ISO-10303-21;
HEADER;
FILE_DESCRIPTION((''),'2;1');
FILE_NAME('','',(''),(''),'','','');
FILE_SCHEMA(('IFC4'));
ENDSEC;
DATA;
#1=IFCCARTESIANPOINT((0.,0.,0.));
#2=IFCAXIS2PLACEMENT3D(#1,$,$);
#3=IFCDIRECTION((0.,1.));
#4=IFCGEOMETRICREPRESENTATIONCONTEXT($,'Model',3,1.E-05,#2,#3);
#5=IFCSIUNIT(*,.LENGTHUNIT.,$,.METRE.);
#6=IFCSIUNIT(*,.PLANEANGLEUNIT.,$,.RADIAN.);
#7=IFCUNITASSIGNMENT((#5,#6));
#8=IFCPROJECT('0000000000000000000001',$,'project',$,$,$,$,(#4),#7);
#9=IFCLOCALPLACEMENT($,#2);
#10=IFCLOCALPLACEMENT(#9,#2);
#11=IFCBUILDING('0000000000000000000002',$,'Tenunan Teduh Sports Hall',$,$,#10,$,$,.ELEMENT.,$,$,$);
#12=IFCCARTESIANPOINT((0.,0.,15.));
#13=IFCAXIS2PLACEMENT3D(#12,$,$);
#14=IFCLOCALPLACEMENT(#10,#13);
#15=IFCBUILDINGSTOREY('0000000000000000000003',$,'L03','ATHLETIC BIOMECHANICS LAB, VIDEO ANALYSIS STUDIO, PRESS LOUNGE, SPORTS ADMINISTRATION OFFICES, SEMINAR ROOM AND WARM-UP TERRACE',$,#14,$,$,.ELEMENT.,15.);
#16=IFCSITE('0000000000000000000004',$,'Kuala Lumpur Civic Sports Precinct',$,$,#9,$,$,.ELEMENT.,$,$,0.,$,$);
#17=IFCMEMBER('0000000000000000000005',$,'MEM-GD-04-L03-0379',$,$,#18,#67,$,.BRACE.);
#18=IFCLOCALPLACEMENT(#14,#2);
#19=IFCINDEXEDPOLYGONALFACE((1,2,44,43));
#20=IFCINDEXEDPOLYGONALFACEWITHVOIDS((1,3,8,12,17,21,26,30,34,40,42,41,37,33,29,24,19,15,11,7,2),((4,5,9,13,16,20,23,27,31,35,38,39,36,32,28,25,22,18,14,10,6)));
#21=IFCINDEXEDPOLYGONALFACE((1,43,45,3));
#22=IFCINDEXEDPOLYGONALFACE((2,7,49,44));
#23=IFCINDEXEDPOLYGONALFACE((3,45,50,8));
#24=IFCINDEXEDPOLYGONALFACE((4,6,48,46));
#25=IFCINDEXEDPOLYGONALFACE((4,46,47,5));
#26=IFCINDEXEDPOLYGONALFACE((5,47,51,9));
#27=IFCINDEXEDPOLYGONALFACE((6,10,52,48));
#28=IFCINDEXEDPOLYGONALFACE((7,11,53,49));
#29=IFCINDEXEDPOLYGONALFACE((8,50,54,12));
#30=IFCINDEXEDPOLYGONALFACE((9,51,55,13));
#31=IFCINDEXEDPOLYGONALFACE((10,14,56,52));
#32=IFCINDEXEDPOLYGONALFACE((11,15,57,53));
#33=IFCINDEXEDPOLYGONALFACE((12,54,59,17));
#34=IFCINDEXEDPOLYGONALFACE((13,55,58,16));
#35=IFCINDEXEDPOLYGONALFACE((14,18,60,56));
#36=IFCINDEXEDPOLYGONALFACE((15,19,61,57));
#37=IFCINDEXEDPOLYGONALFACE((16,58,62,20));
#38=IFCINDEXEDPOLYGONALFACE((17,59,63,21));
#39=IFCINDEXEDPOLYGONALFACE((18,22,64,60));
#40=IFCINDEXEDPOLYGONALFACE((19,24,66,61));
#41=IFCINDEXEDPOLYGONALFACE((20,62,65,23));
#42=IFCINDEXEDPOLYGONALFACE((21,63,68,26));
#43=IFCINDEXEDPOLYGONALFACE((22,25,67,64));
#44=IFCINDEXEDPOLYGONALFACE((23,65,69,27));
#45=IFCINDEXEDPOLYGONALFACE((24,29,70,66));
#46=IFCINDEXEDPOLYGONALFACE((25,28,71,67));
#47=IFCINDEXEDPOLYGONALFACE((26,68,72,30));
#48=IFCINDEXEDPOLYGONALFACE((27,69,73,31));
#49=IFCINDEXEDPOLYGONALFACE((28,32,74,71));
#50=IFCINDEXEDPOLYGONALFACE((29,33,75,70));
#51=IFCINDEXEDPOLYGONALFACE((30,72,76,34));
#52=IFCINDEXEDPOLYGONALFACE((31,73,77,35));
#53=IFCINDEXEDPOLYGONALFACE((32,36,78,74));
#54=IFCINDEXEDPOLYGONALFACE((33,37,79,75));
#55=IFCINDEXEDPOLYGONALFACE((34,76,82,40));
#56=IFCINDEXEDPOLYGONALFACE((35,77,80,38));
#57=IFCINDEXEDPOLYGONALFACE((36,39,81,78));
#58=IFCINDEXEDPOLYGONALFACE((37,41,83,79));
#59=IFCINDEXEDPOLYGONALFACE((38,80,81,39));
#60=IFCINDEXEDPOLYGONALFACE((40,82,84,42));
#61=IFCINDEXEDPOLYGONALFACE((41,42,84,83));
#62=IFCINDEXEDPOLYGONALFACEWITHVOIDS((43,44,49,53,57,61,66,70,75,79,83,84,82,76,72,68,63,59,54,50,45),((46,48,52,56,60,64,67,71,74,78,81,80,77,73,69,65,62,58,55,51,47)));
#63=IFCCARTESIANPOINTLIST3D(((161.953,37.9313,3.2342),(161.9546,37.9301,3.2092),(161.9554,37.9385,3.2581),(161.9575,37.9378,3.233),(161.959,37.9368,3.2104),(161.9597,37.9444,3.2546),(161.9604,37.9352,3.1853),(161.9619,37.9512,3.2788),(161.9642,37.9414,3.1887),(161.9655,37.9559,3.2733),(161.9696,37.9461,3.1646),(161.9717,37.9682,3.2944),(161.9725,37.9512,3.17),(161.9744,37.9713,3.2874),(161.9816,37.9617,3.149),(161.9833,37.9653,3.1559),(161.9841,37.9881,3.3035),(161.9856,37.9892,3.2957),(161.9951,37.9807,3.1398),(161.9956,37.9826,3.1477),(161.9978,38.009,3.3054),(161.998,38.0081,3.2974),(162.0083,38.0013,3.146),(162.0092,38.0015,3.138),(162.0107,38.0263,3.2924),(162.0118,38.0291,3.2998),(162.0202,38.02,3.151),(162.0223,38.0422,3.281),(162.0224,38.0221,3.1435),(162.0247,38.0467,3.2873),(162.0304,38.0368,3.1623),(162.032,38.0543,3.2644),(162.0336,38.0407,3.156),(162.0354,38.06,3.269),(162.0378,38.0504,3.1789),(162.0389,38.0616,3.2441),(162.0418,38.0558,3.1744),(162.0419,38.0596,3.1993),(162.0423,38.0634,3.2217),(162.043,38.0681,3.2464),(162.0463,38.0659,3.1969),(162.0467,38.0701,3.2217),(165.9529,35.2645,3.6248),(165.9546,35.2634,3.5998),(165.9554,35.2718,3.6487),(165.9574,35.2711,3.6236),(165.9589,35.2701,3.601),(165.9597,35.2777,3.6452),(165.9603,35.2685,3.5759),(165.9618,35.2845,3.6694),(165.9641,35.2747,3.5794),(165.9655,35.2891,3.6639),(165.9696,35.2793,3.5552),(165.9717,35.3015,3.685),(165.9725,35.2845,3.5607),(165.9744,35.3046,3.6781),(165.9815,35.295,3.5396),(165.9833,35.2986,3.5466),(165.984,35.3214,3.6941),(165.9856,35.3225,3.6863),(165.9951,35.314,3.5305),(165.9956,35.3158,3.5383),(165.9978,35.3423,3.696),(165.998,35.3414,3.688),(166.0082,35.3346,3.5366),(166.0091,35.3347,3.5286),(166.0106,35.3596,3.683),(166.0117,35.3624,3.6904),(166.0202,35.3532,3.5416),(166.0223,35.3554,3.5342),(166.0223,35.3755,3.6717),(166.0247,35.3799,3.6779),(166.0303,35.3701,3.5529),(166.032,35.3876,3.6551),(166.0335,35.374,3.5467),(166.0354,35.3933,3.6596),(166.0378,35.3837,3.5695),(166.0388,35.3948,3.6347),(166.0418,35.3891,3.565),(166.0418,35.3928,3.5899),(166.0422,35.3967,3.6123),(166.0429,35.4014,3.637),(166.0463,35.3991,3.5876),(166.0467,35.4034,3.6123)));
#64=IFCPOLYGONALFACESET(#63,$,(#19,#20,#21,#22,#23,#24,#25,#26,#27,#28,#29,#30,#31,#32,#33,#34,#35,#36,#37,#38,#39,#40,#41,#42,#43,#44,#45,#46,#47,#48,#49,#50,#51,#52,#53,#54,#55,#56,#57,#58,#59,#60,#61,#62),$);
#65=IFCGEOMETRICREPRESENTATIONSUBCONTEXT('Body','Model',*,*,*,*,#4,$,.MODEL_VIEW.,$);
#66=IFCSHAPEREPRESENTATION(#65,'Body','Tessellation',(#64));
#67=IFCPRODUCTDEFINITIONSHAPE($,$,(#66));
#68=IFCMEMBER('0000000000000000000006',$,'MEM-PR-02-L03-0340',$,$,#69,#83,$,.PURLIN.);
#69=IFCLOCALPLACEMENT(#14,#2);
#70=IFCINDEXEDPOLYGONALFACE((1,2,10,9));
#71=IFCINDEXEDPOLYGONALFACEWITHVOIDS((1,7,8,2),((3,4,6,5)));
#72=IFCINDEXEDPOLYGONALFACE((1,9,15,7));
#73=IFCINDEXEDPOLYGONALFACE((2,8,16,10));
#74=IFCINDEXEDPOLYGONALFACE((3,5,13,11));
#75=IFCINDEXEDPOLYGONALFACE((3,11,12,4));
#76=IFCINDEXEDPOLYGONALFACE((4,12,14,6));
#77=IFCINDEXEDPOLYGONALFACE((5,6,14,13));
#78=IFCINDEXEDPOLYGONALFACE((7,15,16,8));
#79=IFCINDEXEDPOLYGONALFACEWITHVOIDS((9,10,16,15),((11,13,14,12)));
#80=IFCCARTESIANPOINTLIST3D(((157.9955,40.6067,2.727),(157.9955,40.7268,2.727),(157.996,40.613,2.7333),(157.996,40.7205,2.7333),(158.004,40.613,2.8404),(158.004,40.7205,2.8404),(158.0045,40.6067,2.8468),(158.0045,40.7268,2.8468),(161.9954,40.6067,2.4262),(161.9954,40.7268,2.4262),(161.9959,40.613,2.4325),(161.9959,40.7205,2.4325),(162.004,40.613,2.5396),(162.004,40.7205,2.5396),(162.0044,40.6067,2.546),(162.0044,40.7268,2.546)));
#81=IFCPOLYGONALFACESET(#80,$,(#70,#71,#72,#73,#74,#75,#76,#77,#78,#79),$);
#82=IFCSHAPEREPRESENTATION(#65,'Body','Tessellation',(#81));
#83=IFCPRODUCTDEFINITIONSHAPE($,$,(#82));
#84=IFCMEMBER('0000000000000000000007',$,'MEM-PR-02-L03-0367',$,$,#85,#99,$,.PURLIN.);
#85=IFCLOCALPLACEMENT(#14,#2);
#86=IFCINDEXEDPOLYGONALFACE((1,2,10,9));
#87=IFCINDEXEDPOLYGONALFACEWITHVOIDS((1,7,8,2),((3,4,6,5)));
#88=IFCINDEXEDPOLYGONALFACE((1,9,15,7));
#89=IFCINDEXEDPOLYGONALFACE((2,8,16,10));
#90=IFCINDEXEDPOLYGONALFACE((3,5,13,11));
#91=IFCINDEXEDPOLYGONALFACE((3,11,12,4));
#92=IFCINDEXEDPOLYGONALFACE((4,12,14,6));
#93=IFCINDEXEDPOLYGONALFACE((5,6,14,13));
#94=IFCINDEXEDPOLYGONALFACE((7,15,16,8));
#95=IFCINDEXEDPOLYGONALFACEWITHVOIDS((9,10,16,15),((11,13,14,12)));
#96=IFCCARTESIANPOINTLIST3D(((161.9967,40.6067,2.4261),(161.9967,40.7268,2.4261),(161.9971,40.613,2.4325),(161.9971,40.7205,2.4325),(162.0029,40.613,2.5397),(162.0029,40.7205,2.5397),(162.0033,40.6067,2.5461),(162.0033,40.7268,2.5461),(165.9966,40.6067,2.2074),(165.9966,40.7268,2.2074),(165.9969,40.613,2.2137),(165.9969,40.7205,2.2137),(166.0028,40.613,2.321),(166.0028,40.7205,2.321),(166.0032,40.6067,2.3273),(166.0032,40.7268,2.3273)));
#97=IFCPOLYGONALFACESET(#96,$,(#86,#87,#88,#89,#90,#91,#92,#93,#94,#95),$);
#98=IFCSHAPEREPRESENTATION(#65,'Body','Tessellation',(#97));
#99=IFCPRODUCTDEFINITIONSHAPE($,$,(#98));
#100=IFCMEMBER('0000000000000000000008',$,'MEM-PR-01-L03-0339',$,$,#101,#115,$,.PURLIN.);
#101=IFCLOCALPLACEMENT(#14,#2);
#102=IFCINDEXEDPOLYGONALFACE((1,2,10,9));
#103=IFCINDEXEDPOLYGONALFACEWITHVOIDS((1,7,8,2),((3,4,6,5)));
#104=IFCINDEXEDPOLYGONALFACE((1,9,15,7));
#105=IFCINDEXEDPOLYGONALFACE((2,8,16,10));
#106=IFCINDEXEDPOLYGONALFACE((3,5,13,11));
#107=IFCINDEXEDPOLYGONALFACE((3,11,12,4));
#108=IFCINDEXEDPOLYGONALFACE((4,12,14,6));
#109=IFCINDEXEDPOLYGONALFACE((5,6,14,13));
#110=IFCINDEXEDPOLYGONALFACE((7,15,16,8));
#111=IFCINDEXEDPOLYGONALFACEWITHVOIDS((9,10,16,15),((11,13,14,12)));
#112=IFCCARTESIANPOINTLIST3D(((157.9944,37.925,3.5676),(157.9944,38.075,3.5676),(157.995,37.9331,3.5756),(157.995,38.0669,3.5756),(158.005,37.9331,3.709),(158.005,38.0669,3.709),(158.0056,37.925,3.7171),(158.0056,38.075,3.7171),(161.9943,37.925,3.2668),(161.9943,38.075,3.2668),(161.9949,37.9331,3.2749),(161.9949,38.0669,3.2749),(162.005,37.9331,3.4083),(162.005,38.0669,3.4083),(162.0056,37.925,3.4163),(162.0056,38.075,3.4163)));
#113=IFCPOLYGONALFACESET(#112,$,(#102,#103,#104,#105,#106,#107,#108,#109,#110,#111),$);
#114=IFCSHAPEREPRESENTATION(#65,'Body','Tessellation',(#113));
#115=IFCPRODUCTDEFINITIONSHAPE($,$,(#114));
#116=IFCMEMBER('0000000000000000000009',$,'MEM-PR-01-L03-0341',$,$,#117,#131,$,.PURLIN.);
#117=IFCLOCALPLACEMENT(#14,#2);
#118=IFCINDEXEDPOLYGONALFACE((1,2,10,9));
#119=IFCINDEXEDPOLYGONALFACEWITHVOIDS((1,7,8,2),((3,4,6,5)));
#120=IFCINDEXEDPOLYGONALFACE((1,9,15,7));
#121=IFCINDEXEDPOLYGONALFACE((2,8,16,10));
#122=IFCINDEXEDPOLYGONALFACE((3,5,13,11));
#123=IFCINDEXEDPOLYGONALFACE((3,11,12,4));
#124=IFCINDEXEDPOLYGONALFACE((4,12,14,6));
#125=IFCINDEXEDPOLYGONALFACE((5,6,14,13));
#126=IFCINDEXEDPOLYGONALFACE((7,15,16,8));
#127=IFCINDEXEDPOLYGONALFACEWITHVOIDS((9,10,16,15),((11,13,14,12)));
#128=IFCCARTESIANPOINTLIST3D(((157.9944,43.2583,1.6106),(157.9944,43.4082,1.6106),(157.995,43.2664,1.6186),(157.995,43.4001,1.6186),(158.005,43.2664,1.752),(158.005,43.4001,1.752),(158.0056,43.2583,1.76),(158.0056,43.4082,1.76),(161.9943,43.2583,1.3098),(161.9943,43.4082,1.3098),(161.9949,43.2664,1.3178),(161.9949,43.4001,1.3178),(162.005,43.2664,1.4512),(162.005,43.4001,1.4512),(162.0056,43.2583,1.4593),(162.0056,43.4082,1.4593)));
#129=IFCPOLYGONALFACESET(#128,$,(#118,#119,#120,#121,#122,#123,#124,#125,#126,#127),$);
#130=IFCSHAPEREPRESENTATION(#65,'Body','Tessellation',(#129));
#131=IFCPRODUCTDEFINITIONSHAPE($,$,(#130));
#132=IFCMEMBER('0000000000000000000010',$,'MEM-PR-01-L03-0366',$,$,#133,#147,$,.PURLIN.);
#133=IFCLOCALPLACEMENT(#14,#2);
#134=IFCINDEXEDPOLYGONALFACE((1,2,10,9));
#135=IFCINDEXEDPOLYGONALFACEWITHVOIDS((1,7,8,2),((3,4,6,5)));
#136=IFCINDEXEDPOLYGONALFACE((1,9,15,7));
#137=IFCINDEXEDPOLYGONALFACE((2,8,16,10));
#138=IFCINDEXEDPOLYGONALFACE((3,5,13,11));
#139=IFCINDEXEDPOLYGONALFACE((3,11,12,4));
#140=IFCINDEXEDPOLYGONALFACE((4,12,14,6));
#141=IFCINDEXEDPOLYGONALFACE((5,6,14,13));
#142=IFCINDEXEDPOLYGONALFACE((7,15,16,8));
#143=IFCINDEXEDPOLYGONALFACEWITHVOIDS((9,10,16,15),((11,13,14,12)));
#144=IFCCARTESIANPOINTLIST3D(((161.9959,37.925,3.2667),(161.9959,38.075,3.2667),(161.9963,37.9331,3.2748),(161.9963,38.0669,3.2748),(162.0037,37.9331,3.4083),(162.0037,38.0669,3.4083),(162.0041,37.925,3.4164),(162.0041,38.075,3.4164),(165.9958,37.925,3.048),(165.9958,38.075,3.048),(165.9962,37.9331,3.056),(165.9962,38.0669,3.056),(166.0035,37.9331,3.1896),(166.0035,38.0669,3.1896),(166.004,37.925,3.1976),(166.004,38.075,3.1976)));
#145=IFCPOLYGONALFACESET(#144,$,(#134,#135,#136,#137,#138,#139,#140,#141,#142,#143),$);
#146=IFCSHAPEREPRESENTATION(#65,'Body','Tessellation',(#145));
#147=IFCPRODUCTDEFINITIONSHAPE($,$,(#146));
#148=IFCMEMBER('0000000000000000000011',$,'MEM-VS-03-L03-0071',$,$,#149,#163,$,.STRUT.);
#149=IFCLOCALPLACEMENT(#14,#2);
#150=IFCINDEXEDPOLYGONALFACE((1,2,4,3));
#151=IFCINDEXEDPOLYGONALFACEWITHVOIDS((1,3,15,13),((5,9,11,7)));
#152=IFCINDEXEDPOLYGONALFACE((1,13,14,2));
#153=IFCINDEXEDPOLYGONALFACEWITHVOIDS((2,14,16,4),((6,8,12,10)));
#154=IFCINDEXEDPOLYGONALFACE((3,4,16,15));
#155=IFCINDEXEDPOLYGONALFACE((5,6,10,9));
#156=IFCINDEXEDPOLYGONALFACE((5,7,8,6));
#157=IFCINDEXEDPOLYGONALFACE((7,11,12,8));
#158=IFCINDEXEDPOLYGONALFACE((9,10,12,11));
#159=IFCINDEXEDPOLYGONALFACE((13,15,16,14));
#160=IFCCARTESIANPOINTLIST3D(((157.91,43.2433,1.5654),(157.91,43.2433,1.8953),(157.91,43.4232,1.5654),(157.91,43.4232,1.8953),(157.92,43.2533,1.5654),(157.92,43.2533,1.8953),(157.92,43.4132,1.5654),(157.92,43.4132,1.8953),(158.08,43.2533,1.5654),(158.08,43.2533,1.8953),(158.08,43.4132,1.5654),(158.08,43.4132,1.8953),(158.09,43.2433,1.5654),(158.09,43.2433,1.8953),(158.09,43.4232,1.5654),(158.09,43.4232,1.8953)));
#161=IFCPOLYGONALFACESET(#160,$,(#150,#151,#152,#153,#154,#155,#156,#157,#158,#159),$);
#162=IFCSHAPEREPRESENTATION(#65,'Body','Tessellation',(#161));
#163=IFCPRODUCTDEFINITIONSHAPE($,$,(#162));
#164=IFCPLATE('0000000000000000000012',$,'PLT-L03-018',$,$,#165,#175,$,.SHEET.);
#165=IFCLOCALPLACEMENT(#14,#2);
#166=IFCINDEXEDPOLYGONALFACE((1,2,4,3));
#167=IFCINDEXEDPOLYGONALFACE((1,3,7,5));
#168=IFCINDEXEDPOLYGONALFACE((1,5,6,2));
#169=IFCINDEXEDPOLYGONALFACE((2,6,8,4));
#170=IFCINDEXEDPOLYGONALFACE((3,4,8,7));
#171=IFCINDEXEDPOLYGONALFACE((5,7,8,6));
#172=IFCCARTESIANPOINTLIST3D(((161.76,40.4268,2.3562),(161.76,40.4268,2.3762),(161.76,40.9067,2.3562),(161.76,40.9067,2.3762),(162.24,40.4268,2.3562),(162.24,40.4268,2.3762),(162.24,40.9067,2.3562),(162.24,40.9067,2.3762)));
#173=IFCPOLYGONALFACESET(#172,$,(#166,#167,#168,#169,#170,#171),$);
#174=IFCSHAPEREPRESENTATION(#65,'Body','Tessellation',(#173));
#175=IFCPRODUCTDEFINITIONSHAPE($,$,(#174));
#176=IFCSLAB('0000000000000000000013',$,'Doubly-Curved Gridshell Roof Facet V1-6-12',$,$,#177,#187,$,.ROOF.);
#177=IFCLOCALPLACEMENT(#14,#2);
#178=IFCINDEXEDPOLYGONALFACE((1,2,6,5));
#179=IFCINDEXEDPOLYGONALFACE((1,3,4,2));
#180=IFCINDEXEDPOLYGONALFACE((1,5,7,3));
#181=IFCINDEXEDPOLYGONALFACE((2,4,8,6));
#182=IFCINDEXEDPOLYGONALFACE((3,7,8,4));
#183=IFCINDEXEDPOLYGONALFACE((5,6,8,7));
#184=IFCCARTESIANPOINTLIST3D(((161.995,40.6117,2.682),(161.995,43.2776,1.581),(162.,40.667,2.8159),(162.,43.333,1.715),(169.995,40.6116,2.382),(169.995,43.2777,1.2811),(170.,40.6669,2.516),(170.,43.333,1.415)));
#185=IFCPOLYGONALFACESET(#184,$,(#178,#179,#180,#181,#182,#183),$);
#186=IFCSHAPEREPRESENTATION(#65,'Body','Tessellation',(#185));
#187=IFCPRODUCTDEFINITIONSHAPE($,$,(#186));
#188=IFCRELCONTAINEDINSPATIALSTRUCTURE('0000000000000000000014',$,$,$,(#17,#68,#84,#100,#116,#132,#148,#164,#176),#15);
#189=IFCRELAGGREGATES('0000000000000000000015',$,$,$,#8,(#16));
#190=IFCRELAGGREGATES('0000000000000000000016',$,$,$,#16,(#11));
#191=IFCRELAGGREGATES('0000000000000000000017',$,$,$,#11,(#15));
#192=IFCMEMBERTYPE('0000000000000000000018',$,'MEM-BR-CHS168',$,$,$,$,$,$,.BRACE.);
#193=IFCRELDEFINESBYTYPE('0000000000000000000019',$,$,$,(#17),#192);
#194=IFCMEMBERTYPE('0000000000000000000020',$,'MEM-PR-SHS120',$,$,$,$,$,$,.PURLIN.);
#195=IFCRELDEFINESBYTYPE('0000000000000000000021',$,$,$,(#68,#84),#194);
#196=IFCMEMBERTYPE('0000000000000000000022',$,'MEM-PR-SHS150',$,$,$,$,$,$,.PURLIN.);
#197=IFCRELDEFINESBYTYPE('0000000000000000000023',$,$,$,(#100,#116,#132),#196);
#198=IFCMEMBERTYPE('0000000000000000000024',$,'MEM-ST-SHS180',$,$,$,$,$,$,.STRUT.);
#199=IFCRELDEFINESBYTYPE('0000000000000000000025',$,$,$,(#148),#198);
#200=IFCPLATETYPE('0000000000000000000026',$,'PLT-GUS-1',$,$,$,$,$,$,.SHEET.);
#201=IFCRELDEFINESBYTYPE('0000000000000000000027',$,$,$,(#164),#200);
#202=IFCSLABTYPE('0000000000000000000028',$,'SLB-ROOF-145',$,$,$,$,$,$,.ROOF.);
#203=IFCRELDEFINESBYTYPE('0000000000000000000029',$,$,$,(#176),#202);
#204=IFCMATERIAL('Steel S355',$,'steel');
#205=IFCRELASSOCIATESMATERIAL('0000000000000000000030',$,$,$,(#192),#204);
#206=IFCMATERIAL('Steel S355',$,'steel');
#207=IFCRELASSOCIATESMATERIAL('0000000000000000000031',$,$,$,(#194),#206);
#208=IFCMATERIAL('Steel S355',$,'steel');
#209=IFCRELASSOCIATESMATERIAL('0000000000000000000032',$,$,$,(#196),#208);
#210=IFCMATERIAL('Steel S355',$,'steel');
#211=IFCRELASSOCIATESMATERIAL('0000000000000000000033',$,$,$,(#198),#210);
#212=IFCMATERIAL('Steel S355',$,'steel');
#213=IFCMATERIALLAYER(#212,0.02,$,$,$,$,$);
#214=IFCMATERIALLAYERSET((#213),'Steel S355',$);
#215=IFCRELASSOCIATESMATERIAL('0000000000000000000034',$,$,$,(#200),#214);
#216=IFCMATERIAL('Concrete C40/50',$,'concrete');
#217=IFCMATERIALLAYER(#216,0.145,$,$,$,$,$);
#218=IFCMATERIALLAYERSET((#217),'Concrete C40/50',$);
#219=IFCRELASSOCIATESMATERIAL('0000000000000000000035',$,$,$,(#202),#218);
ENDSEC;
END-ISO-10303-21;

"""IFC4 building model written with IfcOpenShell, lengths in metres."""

from ifc_helpers import new_model, si_unit, direction, frame, origin, origin_2d, place, context, subcontext, project, spatial, polyline, rectangle, hollow_rectangle, hollow_circle, outline, extrude, material, layer, layer_set, material_profile, profile_set, type_object, element, save


model = new_model("IFC4")

# Units and contexts
model_context = context("Model", 3, precision=1e-05, world=origin(), true_north=direction((0.0, 1.0)))
body_context = subcontext(model_context, "Body", "Model", "MODEL_VIEW")
ifc_project = project(units=[si_unit("LENGTHUNIT", "METRE"), si_unit("PLANEANGLEUNIT", "RADIAN")], contexts=[model_context])

# Site, building, storey
site_placement = place(None, origin())
site = spatial("IfcSite", under=ifc_project, at=site_placement, Name="Kuala Lumpur Civic Sports Precinct", CompositionType="ELEMENT", RefElevation=0.0)
building_placement = place(site_placement, origin())
building = spatial("IfcBuilding", under=site, at=building_placement, Name="Tenunan Teduh Sports Hall", CompositionType="ELEMENT")
storey_placement = place(building_placement, frame((0.0, 0.0, 15.0)))
storey = spatial("IfcBuildingStorey", under=building, at=storey_placement, Name="L03", Description="ATHLETIC BIOMECHANICS LAB, VIDEO ANALYSIS STUDIO, PRESS LOUNGE, SPORTS ADMINISTRATION OFFICES, SEMINAR ROOM AND WARM-UP TERRACE", CompositionType="ELEMENT", Elevation=15.0)

# Members
ifc_material_1 = material(Name="Steel S355", Category="steel")
ifc_material_profile_1 = material_profile(ifc_material_1, hollow_circle(Radius=0.0842, WallThickness=0.0081, at=origin_2d()), Name="CHS 168.3x8.0")
ifc_profile_set_1 = profile_set([ifc_material_profile_1], Name="Steel S355")
member_type_1 = type_object("IfcMemberType", Name="MEM-BR-CHS168", PredefinedType="BRACE", material=ifc_profile_set_1)
member_1_placement = place(storey_placement, frame((162.0, 38.0, 3.2217), z_axis=(0.829309, -0.55289, 0.080987), x_axis=(0.554712, 0.832042, 0.0)))
element("IfcMember", 1, at=member_1_placement, inside=storey, type_object=member_type_1, Name="MEM-GD-04-L03-0379", PredefinedType="BRACE", context=body_context, shape_type="SweptSolid", body=[
    extrude(hollow_circle(Radius=0.0842, WallThickness=0.0081, at=origin_2d()), origin(), (0.0, 0.0, 1.0), 4.8232),
])
ifc_material_2 = material(Name="Steel S355", Category="steel")
ifc_material_profile_2 = material_profile(ifc_material_2, hollow_rectangle(XDim=0.1201, YDim=0.1201, WallThickness=0.0063, at=origin_2d()), Name="SHS 120x120x6.3")
ifc_profile_set_2 = profile_set([ifc_material_profile_2], Name="Steel S355")
member_type_2 = type_object("IfcMemberType", Name="MEM-PR-SHS120", PredefinedType="PURLIN", material=ifc_profile_set_2)
member_2_placement = place(storey_placement, frame((158.0, 40.6667, 2.7869), z_axis=(0.997185, 0.0, -0.074984), x_axis=(0.0, 1.0, 0.0)))
element("IfcMember", 2, at=member_2_placement, inside=storey, type_object=member_type_2, Name="MEM-PR-02-L03-0340", PredefinedType="PURLIN", context=body_context, shape_type="SweptSolid", body=[
    extrude(hollow_rectangle(XDim=0.1201, YDim=0.1201, WallThickness=0.0063, at=origin_2d()), origin(), (0.0, 0.0, 1.0), 4.0112),
])
member_3_placement = place(storey_placement, frame((162.0, 40.6667, 2.4861), z_axis=(0.998508, 0.0, -0.054606), x_axis=(0.0, 1.0, 0.0)))
element("IfcMember", 3, at=member_3_placement, inside=storey, type_object=member_type_2, Name="MEM-PR-02-L03-0367", PredefinedType="PURLIN", context=body_context, shape_type="SweptSolid", body=[
    extrude(hollow_rectangle(XDim=0.1201, YDim=0.1201, WallThickness=0.0063, at=origin_2d()), origin(), (0.0, 0.0, 1.0), 4.0059),
])
ifc_material_3 = material(Name="Steel S355", Category="steel")
ifc_material_profile_3 = material_profile(ifc_material_3, hollow_rectangle(XDim=0.1499, YDim=0.1499, WallThickness=0.0081, at=origin_2d()), Name="SHS 150x150x8.0")
ifc_profile_set_3 = profile_set([ifc_material_profile_3], Name="Steel S355")
member_type_3 = type_object("IfcMemberType", Name="MEM-PR-SHS150", PredefinedType="PURLIN", material=ifc_profile_set_3)
for number, where, z_axis, x_axis, name in (
    (4, (158.0, 38.0, 3.6423), (0.997185, 0.0, -0.074984), (0.0, 1.0, 0.0), "MEM-PR-01-L03-0339"),
    (5, (158.0, 43.3333, 1.6853), (0.997185, 0.0, -0.074984), (0.0, 1.0, 0.0), "MEM-PR-01-L03-0341"),
):
    element("IfcMember", number, at=place(storey_placement, frame(where, z_axis=z_axis, x_axis=x_axis)), inside=storey, type_object=member_type_3, Name=name, PredefinedType="PURLIN", context=body_context, shape_type="SweptSolid", body=[
        extrude(hollow_rectangle(XDim=0.1499, YDim=0.1499, WallThickness=0.0081, at=origin_2d()), origin(), (0.0, 0.0, 1.0), 4.0112),
    ])
member_4_placement = place(storey_placement, frame((162.0, 38.0, 3.3416), z_axis=(0.998508, 0.0, -0.054606), x_axis=(0.0, 1.0, 0.0)))
element("IfcMember", 6, at=member_4_placement, inside=storey, type_object=member_type_3, Name="MEM-PR-01-L03-0366", PredefinedType="PURLIN", context=body_context, shape_type="SweptSolid", body=[
    extrude(hollow_rectangle(XDim=0.1499, YDim=0.1499, WallThickness=0.0081, at=origin_2d()), origin(), (0.0, 0.0, 1.0), 4.0059),
])
ifc_material_4 = material(Name="Steel S355", Category="steel")
ifc_material_profile_4 = material_profile(ifc_material_4, hollow_rectangle(XDim=0.1799, YDim=0.1799, WallThickness=0.01, at=origin_2d()), Name="SHS 180x180x10.0")
ifc_profile_set_4 = profile_set([ifc_material_profile_4], Name="Steel S355")
member_type_4 = type_object("IfcMemberType", Name="MEM-ST-SHS180", PredefinedType="STRUT", material=ifc_profile_set_4)
member_5_placement = place(storey_placement, frame((158.0, 43.3333, 1.5654), z_axis=(0.0, 0.0, 1.0), x_axis=(1.0, 0.0, 0.0)))
element("IfcMember", 7, at=member_5_placement, inside=storey, type_object=member_type_4, Name="MEM-VS-03-L03-0071", PredefinedType="STRUT", context=body_context, shape_type="SweptSolid", body=[
    extrude(hollow_rectangle(XDim=0.1799, YDim=0.1799, WallThickness=0.01, at=origin_2d()), origin(), (0.0, 0.0, 1.0), 0.3298),
])

# Plate
ifc_material_5 = material(Name="Steel S355", Category="steel")
ifc_layer_1 = layer(ifc_material_5, 0.02)
ifc_layer_set_1 = layer_set([ifc_layer_1], Name="Steel S355")
plate_type = type_object("IfcPlateType", Name="PLT-GUS-1", PredefinedType="SHEET", material=ifc_layer_set_1)
plate_placement = place(storey_placement, frame((162.0, 40.6667, 2.3562), z_axis=(0.0, 0.0, 1.0), x_axis=(1.0, 0.0, 0.0)))
element("IfcPlate", 8, at=plate_placement, inside=storey, type_object=plate_type, Name="PLT-L03-018", PredefinedType="SHEET", context=body_context, shape_type="SweptSolid", body=[
    extrude(rectangle(XDim=0.48, YDim=0.48, at=origin_2d()), origin(), (0.0, 0.0, 1.0), 0.02),
])

# Slab
ifc_material_6 = material(Name="Concrete C40/50", Category="concrete")
ifc_layer_2 = layer(ifc_material_6, 0.145)
ifc_layer_set_2 = layer_set([ifc_layer_2], Name="Concrete C40/50")
slab_type_1 = type_object("IfcSlabType", Name="SLB-ROOF-145", PredefinedType="ROOF", material=ifc_layer_set_2)
slab_1_placement = place(storey_placement, frame((162.0, 40.667, 2.8159), z_axis=(0.034632, 0.381464, 0.923735), x_axis=(0.999298, -0.000005, -0.037462)))
element("IfcSlab", 9, at=slab_1_placement, inside=storey, type_object=slab_type_1, Name="Doubly-Curved Gridshell Roof Facet V1-6-12", PredefinedType="ROOF", context=body_context, shape_type="SweptSolid", body=[
    extrude(outline(polyline([(0.0, 0.0), (8.0056, 0.0), (8.0469, 2.8841), (0.0412, 2.8841), (0.0, 0.0)])), origin(), (0.0, 0.0, -1.0), 0.145),
])

save(model, "model.ifc")
